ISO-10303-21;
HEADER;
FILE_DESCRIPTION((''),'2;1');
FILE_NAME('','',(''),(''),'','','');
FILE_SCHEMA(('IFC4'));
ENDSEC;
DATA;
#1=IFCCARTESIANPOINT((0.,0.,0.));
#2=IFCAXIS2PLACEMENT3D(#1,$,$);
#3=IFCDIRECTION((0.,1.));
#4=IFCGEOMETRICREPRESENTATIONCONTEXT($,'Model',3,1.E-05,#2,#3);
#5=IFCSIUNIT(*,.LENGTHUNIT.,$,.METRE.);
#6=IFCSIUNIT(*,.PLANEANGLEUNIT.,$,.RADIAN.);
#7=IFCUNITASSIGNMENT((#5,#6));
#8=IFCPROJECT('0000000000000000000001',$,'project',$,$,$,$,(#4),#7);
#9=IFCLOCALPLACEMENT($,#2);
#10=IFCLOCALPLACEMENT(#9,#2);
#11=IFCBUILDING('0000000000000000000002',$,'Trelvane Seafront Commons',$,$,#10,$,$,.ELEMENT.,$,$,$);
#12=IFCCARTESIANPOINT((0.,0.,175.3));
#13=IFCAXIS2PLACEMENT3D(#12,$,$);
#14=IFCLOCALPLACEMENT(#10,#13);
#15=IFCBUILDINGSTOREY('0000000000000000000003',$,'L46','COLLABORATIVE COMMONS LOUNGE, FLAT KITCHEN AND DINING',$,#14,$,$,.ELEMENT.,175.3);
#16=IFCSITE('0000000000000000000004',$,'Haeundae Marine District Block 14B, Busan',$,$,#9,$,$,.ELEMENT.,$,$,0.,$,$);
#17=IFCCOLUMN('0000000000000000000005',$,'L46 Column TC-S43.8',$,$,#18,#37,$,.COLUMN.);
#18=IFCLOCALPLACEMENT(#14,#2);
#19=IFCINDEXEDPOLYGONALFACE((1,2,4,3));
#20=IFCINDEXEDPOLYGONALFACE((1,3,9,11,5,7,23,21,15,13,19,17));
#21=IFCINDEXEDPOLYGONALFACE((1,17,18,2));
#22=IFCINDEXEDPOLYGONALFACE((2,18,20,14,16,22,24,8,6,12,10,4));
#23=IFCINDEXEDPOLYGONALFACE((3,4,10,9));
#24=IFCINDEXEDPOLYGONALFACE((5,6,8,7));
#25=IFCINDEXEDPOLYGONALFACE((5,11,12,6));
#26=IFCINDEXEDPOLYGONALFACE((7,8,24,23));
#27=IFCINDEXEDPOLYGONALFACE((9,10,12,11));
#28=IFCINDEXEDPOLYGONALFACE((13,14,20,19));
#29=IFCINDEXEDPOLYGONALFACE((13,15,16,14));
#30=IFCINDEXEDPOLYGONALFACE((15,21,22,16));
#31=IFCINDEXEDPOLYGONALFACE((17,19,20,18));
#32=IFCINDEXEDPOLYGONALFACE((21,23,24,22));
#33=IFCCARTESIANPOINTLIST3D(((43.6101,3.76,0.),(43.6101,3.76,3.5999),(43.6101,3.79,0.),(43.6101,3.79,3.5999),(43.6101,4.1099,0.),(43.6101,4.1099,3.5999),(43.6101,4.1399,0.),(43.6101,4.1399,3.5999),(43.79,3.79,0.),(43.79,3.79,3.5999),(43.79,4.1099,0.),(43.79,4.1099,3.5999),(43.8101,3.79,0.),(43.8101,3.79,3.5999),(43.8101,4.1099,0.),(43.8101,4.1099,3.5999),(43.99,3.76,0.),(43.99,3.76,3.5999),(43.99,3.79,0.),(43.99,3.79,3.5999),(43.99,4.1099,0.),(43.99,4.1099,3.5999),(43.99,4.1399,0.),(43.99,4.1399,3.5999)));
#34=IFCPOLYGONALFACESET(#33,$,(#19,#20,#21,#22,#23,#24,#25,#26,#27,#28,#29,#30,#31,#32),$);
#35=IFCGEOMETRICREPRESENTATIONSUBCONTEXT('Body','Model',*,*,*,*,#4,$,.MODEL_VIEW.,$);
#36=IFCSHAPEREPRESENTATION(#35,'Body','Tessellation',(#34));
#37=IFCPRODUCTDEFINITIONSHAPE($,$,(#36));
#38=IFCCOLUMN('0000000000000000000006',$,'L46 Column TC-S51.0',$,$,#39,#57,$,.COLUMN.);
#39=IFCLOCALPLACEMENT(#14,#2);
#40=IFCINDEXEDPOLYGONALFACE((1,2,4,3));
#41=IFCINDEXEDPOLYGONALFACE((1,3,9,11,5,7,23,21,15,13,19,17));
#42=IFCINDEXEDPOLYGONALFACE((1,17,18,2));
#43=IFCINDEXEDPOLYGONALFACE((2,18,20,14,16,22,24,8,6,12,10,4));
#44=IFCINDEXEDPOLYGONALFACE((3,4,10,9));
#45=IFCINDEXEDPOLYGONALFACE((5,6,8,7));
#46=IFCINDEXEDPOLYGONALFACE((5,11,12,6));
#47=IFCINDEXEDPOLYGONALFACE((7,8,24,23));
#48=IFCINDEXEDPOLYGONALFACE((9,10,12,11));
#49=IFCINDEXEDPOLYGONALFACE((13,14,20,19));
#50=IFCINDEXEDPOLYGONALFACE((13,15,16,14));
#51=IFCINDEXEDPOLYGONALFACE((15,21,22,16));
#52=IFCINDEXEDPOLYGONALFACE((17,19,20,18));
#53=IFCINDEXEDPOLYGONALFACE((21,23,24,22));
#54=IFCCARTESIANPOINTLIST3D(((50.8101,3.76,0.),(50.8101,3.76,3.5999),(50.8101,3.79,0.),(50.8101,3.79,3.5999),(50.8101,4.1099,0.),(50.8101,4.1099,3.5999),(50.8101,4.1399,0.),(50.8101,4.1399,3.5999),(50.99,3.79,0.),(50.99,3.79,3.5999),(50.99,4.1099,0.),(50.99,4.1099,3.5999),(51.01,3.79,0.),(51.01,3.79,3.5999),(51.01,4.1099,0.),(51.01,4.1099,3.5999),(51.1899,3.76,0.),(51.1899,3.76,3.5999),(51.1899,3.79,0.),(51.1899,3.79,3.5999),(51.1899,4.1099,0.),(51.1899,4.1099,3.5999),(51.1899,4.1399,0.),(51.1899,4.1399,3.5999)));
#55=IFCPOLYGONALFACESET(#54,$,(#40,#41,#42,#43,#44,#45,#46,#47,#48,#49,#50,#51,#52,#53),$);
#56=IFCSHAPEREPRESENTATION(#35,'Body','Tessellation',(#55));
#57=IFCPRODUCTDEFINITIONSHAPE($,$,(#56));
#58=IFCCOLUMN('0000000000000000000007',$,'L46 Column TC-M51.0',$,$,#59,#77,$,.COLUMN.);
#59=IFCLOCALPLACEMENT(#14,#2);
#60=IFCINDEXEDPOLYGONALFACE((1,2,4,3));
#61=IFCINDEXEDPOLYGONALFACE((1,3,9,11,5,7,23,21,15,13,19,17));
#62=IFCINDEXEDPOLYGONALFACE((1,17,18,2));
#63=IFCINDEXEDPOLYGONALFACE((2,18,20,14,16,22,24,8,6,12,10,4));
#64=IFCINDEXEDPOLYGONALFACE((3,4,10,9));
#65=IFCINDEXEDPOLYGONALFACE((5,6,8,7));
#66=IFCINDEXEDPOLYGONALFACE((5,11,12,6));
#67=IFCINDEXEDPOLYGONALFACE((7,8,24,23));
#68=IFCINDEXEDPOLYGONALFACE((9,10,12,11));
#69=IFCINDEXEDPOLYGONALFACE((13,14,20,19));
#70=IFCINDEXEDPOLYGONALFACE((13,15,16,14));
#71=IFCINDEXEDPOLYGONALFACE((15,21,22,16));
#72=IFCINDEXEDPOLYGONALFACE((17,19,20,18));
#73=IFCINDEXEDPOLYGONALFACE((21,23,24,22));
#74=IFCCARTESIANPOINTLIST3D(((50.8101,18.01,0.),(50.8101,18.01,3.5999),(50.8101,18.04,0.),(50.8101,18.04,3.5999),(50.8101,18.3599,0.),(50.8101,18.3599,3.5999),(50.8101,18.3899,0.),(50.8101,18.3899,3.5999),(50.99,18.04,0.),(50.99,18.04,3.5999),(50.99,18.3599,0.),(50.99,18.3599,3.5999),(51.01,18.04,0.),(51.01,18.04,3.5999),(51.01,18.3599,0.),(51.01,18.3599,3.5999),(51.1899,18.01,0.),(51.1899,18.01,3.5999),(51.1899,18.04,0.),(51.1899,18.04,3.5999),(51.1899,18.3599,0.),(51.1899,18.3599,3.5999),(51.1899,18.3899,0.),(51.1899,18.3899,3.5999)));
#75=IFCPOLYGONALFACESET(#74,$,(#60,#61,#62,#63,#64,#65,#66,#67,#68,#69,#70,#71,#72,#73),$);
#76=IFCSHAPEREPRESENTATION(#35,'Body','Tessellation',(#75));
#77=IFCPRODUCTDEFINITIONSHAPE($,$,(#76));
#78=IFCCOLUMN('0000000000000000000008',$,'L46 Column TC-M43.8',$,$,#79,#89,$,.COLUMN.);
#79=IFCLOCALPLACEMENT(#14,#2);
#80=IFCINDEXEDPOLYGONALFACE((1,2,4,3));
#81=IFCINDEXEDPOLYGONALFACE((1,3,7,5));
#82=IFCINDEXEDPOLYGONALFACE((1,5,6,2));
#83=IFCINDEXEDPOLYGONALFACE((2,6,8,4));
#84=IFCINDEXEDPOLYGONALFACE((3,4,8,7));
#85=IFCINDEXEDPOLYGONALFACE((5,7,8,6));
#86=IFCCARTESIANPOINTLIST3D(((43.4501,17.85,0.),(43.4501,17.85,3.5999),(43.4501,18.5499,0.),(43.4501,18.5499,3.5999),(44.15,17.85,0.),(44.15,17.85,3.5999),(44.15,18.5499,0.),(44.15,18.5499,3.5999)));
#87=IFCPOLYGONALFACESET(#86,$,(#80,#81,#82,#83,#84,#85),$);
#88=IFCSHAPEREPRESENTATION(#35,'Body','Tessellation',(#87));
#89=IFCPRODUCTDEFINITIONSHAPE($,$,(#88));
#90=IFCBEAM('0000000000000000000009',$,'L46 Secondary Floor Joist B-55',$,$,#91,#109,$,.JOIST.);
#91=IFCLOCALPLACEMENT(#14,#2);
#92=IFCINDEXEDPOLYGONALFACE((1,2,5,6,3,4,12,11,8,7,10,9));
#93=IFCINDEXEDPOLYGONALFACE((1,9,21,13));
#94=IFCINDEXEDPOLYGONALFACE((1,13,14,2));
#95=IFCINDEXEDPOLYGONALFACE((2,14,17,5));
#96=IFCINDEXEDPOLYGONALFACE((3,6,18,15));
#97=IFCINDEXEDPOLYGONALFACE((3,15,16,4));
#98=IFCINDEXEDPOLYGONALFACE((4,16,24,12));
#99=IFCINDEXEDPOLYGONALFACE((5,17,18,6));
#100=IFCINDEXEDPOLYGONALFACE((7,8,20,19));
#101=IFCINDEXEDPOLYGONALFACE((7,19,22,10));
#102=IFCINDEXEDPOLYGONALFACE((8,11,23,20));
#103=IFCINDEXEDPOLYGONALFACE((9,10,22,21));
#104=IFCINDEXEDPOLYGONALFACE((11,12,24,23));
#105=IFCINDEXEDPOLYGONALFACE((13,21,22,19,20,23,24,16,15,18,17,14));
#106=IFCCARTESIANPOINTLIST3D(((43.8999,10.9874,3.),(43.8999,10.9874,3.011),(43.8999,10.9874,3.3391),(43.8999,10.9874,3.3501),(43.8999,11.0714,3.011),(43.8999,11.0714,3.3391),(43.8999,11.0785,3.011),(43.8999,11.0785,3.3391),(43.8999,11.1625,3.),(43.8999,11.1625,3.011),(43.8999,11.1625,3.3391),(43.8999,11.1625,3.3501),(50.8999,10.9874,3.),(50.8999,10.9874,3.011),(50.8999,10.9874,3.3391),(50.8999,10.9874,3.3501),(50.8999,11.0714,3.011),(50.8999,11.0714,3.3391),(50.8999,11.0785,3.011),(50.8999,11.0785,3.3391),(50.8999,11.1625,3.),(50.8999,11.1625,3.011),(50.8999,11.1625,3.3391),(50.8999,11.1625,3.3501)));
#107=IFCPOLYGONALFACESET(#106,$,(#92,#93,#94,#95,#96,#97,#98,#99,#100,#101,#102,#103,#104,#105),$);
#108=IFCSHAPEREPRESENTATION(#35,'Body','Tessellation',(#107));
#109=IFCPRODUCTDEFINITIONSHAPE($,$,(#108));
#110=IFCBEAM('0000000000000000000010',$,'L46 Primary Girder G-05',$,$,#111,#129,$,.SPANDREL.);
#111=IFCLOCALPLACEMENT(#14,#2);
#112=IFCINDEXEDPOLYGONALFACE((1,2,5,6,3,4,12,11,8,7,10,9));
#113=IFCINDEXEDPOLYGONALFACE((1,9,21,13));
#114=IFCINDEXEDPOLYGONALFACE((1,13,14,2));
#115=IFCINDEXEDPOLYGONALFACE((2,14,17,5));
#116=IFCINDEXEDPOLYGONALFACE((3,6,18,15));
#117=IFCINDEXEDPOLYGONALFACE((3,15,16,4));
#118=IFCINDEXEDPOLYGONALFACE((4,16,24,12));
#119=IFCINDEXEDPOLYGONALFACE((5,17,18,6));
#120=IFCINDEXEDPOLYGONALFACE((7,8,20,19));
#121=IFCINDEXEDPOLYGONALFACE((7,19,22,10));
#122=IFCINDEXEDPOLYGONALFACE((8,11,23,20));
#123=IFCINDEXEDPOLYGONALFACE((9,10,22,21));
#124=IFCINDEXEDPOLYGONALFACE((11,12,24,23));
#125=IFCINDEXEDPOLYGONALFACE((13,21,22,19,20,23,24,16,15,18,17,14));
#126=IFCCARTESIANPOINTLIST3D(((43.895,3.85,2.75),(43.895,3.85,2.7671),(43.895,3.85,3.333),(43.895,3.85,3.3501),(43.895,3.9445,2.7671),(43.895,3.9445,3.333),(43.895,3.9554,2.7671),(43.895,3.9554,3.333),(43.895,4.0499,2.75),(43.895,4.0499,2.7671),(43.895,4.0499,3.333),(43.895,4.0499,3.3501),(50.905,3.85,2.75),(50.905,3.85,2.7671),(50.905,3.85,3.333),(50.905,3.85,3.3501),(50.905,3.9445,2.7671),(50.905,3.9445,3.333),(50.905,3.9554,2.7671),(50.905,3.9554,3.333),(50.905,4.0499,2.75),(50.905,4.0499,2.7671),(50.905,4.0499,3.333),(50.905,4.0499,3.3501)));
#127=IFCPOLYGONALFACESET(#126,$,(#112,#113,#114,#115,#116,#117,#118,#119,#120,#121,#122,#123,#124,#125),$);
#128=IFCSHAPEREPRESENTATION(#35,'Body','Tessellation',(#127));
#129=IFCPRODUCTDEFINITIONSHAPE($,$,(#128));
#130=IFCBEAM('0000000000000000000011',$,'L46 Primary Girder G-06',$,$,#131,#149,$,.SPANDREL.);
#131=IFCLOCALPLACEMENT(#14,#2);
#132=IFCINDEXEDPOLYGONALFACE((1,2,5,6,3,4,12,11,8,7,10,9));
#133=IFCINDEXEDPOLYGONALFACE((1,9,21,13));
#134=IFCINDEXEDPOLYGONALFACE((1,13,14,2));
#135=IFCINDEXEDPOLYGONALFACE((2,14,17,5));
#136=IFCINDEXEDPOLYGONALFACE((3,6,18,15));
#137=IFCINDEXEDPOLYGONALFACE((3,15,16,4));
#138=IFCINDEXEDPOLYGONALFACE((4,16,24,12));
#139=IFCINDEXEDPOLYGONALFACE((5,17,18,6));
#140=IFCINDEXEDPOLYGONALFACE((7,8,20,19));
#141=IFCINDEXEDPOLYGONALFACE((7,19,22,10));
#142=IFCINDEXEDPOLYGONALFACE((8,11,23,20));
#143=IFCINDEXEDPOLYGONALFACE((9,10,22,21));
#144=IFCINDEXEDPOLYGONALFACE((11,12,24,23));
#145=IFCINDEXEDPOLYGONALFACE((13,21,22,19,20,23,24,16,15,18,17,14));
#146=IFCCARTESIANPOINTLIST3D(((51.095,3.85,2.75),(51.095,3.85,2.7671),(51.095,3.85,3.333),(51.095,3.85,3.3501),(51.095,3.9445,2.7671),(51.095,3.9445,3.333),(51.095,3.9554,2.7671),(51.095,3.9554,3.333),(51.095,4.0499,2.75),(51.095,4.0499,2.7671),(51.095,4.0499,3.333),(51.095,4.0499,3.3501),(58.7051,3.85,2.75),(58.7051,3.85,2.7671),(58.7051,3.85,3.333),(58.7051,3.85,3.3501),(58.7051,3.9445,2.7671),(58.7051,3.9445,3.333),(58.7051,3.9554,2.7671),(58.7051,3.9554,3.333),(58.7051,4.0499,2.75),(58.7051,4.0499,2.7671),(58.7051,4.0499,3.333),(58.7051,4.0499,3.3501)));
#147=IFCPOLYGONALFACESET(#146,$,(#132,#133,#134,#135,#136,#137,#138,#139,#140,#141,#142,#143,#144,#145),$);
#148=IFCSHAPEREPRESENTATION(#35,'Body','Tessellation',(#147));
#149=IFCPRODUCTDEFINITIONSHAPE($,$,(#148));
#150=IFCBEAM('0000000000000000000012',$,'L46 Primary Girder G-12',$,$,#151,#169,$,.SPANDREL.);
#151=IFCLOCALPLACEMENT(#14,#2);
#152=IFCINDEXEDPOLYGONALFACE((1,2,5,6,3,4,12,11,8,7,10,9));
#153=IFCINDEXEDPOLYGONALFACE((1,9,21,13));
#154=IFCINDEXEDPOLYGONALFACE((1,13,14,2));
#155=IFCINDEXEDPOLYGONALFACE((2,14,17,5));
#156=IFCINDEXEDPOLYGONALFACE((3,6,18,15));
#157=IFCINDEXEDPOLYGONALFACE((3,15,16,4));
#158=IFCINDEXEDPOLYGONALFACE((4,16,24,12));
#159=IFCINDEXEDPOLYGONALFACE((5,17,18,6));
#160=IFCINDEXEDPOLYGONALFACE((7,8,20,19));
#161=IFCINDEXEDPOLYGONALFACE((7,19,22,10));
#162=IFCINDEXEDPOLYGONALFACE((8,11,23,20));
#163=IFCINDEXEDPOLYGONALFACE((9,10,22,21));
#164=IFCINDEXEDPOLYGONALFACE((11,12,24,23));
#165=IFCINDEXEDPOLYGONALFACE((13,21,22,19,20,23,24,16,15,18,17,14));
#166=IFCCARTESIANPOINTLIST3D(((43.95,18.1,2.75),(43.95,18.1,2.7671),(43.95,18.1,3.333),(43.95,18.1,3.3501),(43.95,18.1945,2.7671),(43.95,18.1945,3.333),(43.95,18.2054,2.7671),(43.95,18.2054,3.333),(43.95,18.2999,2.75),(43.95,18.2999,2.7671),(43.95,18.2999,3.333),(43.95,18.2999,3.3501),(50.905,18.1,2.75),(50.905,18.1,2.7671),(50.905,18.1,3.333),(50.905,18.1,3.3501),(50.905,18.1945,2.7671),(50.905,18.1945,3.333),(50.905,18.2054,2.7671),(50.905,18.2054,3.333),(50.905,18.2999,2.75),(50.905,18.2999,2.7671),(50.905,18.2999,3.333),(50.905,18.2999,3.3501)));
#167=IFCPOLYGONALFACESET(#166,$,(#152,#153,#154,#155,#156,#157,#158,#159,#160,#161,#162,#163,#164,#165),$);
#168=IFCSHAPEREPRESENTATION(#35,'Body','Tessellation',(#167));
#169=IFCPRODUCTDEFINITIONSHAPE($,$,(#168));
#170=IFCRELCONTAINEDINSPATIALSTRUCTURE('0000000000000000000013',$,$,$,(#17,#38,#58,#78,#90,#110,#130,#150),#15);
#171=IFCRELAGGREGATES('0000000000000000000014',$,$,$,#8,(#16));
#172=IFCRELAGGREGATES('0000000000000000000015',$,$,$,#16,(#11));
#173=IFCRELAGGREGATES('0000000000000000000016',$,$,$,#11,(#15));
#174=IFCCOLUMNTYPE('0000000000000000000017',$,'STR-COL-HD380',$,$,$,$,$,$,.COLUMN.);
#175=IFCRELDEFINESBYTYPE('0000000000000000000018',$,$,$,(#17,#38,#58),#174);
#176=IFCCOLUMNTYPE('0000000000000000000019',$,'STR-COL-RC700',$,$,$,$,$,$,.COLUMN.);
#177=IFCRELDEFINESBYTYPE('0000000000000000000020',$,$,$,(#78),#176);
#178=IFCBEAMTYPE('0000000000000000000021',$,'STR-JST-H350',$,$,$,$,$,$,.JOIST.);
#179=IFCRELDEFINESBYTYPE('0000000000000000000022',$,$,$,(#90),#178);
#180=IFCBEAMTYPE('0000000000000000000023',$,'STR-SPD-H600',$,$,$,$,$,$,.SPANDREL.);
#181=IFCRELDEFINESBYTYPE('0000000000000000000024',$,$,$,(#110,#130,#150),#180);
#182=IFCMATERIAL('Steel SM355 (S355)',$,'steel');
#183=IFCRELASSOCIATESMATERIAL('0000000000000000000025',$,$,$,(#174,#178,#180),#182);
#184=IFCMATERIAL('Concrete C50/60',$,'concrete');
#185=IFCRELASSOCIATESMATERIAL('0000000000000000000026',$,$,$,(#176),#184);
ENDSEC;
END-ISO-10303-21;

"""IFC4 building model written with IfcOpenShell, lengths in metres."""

from ifc_helpers import new_model, si_unit, direction, frame, origin, origin_2d, place, context, subcontext, project, spatial, rectangle, i_section, extrude, source, transform, mapped, material, material_profile, profile_set, type_object, element, save


model = new_model("IFC4")

# Units and contexts
model_context = context("Model", 3, precision=1e-05, world=origin(), true_north=direction((0.0, 1.0)))
body_context = subcontext(model_context, "Body", "Model", "MODEL_VIEW")
ifc_project = project(units=[si_unit("LENGTHUNIT", "METRE"), si_unit("PLANEANGLEUNIT", "RADIAN")], contexts=[model_context])

# Site, building, storey
site_placement = place(None, origin())
site = spatial("IfcSite", under=ifc_project, at=site_placement, Name="Haeundae Marine District Block 14B, Busan", CompositionType="ELEMENT", RefElevation=0.0)
building_placement = place(site_placement, origin())
building = spatial("IfcBuilding", under=site, at=building_placement, Name="Trelvane Seafront Commons", CompositionType="ELEMENT")
storey_placement = place(building_placement, frame((0.0, 0.0, 175.3)))
storey = spatial("IfcBuildingStorey", under=building, at=storey_placement, Name="L46", Description="COLLABORATIVE COMMONS LOUNGE, FLAT KITCHEN AND DINING", CompositionType="ELEMENT", Elevation=175.3)

# Columns
ifc_material_1 = material(Name="Steel SM355 (S355)", Category="steel")
ifc_material_profile_1 = material_profile(ifc_material_1, i_section(OverallWidth=0.3799, OverallDepth=0.3799, WebThickness=0.02, FlangeThickness=0.03, at=origin_2d()), Name="HD-380x380x20x30")
ifc_profile_set_1 = profile_set([ifc_material_profile_1], Name="Steel SM355 (S355)")
column_type_1 = type_object("IfcColumnType", Name="STR-COL-HD380", PredefinedType="COLUMN", material=ifc_profile_set_1)
shared_shape_1 = source(origin(), body_context, "Body", "SweptSolid", [
    extrude(i_section(OverallWidth=0.3799, OverallDepth=0.3799, WebThickness=0.02, FlangeThickness=0.03, at=origin_2d()), origin(), (0.0, 0.0, 1.0), 3.5999),
])
for number, where, z_axis, x_axis, name in (
    (1, (43.8, 3.95, 0.0), (0.0, 0.0, 1.0), (1.0, 0.0, 0.0), "L46 Column TC-S43.8"),
    (2, (51.0, 3.95, 0.0), (0.0, 0.0, 1.0), (1.0, 0.0, 0.0), "L46 Column TC-S51.0"),
    (3, (51.0, 18.2, 0.0), (0.0, 0.0, 1.0), (1.0, 0.0, 0.0), "L46 Column TC-M51.0"),
):
    element("IfcColumn", number, at=place(storey_placement, frame(where, z_axis=z_axis, x_axis=x_axis)), inside=storey, type_object=column_type_1, Name=name, PredefinedType="COLUMN", context=body_context, shape_type="MappedRepresentation", body=[
        mapped(shared_shape_1, transform((0.0, 0.0, 0.0), x_axis=(1.0, 0.0, 0.0), y_axis=(0.0, 1.0, 0.0), z_axis=(0.0, 0.0, 1.0), scale=1.0)),
    ])
ifc_material_2 = material(Name="Concrete C50/60", Category="concrete")
ifc_material_profile_2 = material_profile(ifc_material_2, rectangle(XDim=0.7, YDim=0.7, at=origin_2d()), Name="RC-700x700")
ifc_profile_set_2 = profile_set([ifc_material_profile_2], Name="Concrete C50/60")
column_type_2 = type_object("IfcColumnType", Name="STR-COL-RC700", PredefinedType="COLUMN", material=ifc_profile_set_2)
shared_shape_2 = source(origin(), body_context, "Body", "SweptSolid", [
    extrude(rectangle(XDim=0.7, YDim=0.7, at=origin_2d()), origin(), (0.0, 0.0, 1.0), 3.5999),
])
column_placement = place(storey_placement, frame((43.8, 18.2, 0.0), z_axis=(0.0, 0.0, 1.0), x_axis=(1.0, 0.0, 0.0)))
element("IfcColumn", 4, at=column_placement, inside=storey, type_object=column_type_2, Name="L46 Column TC-M43.8", PredefinedType="COLUMN", context=body_context, shape_type="MappedRepresentation", body=[
    mapped(shared_shape_2, transform((0.0, 0.0, 0.0), x_axis=(1.0, 0.0, 0.0), y_axis=(0.0, 1.0, 0.0), z_axis=(0.0, 0.0, 1.0), scale=1.0)),
])

# Beams
ifc_material_profile_3 = material_profile(ifc_material_1, i_section(OverallWidth=0.175, OverallDepth=0.3501, WebThickness=0.0071, FlangeThickness=0.011, at=origin_2d()), Name="H-350x175x7x11")
ifc_profile_set_3 = profile_set([ifc_material_profile_3], Name="Steel SM355 (S355)")
beam_type_1 = type_object("IfcBeamType", Name="STR-JST-H350", PredefinedType="JOIST", material=ifc_profile_set_3)
shared_shape_3 = source(origin(), body_context, "Body", "SweptSolid", [
    extrude(i_section(OverallWidth=0.175, OverallDepth=0.3501, WebThickness=0.0071, FlangeThickness=0.011, at=origin_2d()), origin(), (0.0, 0.0, 1.0), 7.0),
])
beam_1_placement = place(storey_placement, frame((43.8999, 11.075, 3.175), z_axis=(1.0, 0.0, 0.0), x_axis=(0.0, 1.0, 0.0)))
element("IfcBeam", 5, at=beam_1_placement, inside=storey, type_object=beam_type_1, Name="L46 Secondary Floor Joist B-55", PredefinedType="JOIST", context=body_context, shape_type="MappedRepresentation", body=[
    mapped(shared_shape_3, transform((0.0, 0.0, 0.0), x_axis=(1.0, 0.0, 0.0), y_axis=(0.0, 1.0, 0.0), z_axis=(0.0, 0.0, 1.0), scale=1.0)),
])
ifc_material_profile_4 = material_profile(ifc_material_1, i_section(OverallWidth=0.2, OverallDepth=0.6001, WebThickness=0.011, FlangeThickness=0.0171, at=origin_2d()), Name="H-600x200x11x17")
ifc_profile_set_4 = profile_set([ifc_material_profile_4], Name="Steel SM355 (S355)")
beam_type_2 = type_object("IfcBeamType", Name="STR-SPD-H600", PredefinedType="SPANDREL", material=ifc_profile_set_4)
shared_shape_4 = source(origin(), body_context, "Body", "SweptSolid", [
    extrude(i_section(OverallWidth=0.2, OverallDepth=0.6001, WebThickness=0.011, FlangeThickness=0.0171, at=origin_2d()), origin(), (0.0, 0.0, 1.0), 7.01),
])
beam_2_placement = place(storey_placement, frame((43.895, 3.95, 3.05), z_axis=(1.0, 0.0, 0.0), x_axis=(0.0, 1.0, 0.0)))
element("IfcBeam", 6, at=beam_2_placement, inside=storey, type_object=beam_type_2, Name="L46 Primary Girder G-05", PredefinedType="SPANDREL", context=body_context, shape_type="MappedRepresentation", body=[
    mapped(shared_shape_4, transform((0.0, 0.0, 0.0), x_axis=(1.0, 0.0, 0.0), y_axis=(0.0, 1.0, 0.0), z_axis=(0.0, 0.0, 1.0), scale=1.0)),
])
shared_shape_5 = source(origin(), body_context, "Body", "SweptSolid", [
    extrude(i_section(OverallWidth=0.2, OverallDepth=0.6001, WebThickness=0.011, FlangeThickness=0.0171, at=origin_2d()), origin(), (0.0, 0.0, 1.0), 7.6101),
])
beam_3_placement = place(storey_placement, frame((51.095, 3.95, 3.05), z_axis=(1.0, 0.0, 0.0), x_axis=(0.0, 1.0, 0.0)))
element("IfcBeam", 7, at=beam_3_placement, inside=storey, type_object=beam_type_2, Name="L46 Primary Girder G-06", PredefinedType="SPANDREL", context=body_context, shape_type="MappedRepresentation", body=[
    mapped(shared_shape_5, transform((0.0, 0.0, 0.0), x_axis=(1.0, 0.0, 0.0), y_axis=(0.0, 1.0, 0.0), z_axis=(0.0, 0.0, 1.0), scale=1.0)),
])
shared_shape_6 = source(origin(), body_context, "Body", "SweptSolid", [
    extrude(i_section(OverallWidth=0.2, OverallDepth=0.6001, WebThickness=0.011, FlangeThickness=0.0171, at=origin_2d()), origin(), (0.0, 0.0, 1.0), 6.9551),
])
beam_4_placement = place(storey_placement, frame((43.95, 18.2, 3.05), z_axis=(1.0, 0.0, 0.0), x_axis=(0.0, 1.0, 0.0)))
element("IfcBeam", 8, at=beam_4_placement, inside=storey, type_object=beam_type_2, Name="L46 Primary Girder G-12", PredefinedType="SPANDREL", context=body_context, shape_type="MappedRepresentation", body=[
    mapped(shared_shape_6, transform((0.0, 0.0, 0.0), x_axis=(1.0, 0.0, 0.0), y_axis=(0.0, 1.0, 0.0), z_axis=(0.0, 0.0, 1.0), scale=1.0)),
])

save(model, "model.ifc")
